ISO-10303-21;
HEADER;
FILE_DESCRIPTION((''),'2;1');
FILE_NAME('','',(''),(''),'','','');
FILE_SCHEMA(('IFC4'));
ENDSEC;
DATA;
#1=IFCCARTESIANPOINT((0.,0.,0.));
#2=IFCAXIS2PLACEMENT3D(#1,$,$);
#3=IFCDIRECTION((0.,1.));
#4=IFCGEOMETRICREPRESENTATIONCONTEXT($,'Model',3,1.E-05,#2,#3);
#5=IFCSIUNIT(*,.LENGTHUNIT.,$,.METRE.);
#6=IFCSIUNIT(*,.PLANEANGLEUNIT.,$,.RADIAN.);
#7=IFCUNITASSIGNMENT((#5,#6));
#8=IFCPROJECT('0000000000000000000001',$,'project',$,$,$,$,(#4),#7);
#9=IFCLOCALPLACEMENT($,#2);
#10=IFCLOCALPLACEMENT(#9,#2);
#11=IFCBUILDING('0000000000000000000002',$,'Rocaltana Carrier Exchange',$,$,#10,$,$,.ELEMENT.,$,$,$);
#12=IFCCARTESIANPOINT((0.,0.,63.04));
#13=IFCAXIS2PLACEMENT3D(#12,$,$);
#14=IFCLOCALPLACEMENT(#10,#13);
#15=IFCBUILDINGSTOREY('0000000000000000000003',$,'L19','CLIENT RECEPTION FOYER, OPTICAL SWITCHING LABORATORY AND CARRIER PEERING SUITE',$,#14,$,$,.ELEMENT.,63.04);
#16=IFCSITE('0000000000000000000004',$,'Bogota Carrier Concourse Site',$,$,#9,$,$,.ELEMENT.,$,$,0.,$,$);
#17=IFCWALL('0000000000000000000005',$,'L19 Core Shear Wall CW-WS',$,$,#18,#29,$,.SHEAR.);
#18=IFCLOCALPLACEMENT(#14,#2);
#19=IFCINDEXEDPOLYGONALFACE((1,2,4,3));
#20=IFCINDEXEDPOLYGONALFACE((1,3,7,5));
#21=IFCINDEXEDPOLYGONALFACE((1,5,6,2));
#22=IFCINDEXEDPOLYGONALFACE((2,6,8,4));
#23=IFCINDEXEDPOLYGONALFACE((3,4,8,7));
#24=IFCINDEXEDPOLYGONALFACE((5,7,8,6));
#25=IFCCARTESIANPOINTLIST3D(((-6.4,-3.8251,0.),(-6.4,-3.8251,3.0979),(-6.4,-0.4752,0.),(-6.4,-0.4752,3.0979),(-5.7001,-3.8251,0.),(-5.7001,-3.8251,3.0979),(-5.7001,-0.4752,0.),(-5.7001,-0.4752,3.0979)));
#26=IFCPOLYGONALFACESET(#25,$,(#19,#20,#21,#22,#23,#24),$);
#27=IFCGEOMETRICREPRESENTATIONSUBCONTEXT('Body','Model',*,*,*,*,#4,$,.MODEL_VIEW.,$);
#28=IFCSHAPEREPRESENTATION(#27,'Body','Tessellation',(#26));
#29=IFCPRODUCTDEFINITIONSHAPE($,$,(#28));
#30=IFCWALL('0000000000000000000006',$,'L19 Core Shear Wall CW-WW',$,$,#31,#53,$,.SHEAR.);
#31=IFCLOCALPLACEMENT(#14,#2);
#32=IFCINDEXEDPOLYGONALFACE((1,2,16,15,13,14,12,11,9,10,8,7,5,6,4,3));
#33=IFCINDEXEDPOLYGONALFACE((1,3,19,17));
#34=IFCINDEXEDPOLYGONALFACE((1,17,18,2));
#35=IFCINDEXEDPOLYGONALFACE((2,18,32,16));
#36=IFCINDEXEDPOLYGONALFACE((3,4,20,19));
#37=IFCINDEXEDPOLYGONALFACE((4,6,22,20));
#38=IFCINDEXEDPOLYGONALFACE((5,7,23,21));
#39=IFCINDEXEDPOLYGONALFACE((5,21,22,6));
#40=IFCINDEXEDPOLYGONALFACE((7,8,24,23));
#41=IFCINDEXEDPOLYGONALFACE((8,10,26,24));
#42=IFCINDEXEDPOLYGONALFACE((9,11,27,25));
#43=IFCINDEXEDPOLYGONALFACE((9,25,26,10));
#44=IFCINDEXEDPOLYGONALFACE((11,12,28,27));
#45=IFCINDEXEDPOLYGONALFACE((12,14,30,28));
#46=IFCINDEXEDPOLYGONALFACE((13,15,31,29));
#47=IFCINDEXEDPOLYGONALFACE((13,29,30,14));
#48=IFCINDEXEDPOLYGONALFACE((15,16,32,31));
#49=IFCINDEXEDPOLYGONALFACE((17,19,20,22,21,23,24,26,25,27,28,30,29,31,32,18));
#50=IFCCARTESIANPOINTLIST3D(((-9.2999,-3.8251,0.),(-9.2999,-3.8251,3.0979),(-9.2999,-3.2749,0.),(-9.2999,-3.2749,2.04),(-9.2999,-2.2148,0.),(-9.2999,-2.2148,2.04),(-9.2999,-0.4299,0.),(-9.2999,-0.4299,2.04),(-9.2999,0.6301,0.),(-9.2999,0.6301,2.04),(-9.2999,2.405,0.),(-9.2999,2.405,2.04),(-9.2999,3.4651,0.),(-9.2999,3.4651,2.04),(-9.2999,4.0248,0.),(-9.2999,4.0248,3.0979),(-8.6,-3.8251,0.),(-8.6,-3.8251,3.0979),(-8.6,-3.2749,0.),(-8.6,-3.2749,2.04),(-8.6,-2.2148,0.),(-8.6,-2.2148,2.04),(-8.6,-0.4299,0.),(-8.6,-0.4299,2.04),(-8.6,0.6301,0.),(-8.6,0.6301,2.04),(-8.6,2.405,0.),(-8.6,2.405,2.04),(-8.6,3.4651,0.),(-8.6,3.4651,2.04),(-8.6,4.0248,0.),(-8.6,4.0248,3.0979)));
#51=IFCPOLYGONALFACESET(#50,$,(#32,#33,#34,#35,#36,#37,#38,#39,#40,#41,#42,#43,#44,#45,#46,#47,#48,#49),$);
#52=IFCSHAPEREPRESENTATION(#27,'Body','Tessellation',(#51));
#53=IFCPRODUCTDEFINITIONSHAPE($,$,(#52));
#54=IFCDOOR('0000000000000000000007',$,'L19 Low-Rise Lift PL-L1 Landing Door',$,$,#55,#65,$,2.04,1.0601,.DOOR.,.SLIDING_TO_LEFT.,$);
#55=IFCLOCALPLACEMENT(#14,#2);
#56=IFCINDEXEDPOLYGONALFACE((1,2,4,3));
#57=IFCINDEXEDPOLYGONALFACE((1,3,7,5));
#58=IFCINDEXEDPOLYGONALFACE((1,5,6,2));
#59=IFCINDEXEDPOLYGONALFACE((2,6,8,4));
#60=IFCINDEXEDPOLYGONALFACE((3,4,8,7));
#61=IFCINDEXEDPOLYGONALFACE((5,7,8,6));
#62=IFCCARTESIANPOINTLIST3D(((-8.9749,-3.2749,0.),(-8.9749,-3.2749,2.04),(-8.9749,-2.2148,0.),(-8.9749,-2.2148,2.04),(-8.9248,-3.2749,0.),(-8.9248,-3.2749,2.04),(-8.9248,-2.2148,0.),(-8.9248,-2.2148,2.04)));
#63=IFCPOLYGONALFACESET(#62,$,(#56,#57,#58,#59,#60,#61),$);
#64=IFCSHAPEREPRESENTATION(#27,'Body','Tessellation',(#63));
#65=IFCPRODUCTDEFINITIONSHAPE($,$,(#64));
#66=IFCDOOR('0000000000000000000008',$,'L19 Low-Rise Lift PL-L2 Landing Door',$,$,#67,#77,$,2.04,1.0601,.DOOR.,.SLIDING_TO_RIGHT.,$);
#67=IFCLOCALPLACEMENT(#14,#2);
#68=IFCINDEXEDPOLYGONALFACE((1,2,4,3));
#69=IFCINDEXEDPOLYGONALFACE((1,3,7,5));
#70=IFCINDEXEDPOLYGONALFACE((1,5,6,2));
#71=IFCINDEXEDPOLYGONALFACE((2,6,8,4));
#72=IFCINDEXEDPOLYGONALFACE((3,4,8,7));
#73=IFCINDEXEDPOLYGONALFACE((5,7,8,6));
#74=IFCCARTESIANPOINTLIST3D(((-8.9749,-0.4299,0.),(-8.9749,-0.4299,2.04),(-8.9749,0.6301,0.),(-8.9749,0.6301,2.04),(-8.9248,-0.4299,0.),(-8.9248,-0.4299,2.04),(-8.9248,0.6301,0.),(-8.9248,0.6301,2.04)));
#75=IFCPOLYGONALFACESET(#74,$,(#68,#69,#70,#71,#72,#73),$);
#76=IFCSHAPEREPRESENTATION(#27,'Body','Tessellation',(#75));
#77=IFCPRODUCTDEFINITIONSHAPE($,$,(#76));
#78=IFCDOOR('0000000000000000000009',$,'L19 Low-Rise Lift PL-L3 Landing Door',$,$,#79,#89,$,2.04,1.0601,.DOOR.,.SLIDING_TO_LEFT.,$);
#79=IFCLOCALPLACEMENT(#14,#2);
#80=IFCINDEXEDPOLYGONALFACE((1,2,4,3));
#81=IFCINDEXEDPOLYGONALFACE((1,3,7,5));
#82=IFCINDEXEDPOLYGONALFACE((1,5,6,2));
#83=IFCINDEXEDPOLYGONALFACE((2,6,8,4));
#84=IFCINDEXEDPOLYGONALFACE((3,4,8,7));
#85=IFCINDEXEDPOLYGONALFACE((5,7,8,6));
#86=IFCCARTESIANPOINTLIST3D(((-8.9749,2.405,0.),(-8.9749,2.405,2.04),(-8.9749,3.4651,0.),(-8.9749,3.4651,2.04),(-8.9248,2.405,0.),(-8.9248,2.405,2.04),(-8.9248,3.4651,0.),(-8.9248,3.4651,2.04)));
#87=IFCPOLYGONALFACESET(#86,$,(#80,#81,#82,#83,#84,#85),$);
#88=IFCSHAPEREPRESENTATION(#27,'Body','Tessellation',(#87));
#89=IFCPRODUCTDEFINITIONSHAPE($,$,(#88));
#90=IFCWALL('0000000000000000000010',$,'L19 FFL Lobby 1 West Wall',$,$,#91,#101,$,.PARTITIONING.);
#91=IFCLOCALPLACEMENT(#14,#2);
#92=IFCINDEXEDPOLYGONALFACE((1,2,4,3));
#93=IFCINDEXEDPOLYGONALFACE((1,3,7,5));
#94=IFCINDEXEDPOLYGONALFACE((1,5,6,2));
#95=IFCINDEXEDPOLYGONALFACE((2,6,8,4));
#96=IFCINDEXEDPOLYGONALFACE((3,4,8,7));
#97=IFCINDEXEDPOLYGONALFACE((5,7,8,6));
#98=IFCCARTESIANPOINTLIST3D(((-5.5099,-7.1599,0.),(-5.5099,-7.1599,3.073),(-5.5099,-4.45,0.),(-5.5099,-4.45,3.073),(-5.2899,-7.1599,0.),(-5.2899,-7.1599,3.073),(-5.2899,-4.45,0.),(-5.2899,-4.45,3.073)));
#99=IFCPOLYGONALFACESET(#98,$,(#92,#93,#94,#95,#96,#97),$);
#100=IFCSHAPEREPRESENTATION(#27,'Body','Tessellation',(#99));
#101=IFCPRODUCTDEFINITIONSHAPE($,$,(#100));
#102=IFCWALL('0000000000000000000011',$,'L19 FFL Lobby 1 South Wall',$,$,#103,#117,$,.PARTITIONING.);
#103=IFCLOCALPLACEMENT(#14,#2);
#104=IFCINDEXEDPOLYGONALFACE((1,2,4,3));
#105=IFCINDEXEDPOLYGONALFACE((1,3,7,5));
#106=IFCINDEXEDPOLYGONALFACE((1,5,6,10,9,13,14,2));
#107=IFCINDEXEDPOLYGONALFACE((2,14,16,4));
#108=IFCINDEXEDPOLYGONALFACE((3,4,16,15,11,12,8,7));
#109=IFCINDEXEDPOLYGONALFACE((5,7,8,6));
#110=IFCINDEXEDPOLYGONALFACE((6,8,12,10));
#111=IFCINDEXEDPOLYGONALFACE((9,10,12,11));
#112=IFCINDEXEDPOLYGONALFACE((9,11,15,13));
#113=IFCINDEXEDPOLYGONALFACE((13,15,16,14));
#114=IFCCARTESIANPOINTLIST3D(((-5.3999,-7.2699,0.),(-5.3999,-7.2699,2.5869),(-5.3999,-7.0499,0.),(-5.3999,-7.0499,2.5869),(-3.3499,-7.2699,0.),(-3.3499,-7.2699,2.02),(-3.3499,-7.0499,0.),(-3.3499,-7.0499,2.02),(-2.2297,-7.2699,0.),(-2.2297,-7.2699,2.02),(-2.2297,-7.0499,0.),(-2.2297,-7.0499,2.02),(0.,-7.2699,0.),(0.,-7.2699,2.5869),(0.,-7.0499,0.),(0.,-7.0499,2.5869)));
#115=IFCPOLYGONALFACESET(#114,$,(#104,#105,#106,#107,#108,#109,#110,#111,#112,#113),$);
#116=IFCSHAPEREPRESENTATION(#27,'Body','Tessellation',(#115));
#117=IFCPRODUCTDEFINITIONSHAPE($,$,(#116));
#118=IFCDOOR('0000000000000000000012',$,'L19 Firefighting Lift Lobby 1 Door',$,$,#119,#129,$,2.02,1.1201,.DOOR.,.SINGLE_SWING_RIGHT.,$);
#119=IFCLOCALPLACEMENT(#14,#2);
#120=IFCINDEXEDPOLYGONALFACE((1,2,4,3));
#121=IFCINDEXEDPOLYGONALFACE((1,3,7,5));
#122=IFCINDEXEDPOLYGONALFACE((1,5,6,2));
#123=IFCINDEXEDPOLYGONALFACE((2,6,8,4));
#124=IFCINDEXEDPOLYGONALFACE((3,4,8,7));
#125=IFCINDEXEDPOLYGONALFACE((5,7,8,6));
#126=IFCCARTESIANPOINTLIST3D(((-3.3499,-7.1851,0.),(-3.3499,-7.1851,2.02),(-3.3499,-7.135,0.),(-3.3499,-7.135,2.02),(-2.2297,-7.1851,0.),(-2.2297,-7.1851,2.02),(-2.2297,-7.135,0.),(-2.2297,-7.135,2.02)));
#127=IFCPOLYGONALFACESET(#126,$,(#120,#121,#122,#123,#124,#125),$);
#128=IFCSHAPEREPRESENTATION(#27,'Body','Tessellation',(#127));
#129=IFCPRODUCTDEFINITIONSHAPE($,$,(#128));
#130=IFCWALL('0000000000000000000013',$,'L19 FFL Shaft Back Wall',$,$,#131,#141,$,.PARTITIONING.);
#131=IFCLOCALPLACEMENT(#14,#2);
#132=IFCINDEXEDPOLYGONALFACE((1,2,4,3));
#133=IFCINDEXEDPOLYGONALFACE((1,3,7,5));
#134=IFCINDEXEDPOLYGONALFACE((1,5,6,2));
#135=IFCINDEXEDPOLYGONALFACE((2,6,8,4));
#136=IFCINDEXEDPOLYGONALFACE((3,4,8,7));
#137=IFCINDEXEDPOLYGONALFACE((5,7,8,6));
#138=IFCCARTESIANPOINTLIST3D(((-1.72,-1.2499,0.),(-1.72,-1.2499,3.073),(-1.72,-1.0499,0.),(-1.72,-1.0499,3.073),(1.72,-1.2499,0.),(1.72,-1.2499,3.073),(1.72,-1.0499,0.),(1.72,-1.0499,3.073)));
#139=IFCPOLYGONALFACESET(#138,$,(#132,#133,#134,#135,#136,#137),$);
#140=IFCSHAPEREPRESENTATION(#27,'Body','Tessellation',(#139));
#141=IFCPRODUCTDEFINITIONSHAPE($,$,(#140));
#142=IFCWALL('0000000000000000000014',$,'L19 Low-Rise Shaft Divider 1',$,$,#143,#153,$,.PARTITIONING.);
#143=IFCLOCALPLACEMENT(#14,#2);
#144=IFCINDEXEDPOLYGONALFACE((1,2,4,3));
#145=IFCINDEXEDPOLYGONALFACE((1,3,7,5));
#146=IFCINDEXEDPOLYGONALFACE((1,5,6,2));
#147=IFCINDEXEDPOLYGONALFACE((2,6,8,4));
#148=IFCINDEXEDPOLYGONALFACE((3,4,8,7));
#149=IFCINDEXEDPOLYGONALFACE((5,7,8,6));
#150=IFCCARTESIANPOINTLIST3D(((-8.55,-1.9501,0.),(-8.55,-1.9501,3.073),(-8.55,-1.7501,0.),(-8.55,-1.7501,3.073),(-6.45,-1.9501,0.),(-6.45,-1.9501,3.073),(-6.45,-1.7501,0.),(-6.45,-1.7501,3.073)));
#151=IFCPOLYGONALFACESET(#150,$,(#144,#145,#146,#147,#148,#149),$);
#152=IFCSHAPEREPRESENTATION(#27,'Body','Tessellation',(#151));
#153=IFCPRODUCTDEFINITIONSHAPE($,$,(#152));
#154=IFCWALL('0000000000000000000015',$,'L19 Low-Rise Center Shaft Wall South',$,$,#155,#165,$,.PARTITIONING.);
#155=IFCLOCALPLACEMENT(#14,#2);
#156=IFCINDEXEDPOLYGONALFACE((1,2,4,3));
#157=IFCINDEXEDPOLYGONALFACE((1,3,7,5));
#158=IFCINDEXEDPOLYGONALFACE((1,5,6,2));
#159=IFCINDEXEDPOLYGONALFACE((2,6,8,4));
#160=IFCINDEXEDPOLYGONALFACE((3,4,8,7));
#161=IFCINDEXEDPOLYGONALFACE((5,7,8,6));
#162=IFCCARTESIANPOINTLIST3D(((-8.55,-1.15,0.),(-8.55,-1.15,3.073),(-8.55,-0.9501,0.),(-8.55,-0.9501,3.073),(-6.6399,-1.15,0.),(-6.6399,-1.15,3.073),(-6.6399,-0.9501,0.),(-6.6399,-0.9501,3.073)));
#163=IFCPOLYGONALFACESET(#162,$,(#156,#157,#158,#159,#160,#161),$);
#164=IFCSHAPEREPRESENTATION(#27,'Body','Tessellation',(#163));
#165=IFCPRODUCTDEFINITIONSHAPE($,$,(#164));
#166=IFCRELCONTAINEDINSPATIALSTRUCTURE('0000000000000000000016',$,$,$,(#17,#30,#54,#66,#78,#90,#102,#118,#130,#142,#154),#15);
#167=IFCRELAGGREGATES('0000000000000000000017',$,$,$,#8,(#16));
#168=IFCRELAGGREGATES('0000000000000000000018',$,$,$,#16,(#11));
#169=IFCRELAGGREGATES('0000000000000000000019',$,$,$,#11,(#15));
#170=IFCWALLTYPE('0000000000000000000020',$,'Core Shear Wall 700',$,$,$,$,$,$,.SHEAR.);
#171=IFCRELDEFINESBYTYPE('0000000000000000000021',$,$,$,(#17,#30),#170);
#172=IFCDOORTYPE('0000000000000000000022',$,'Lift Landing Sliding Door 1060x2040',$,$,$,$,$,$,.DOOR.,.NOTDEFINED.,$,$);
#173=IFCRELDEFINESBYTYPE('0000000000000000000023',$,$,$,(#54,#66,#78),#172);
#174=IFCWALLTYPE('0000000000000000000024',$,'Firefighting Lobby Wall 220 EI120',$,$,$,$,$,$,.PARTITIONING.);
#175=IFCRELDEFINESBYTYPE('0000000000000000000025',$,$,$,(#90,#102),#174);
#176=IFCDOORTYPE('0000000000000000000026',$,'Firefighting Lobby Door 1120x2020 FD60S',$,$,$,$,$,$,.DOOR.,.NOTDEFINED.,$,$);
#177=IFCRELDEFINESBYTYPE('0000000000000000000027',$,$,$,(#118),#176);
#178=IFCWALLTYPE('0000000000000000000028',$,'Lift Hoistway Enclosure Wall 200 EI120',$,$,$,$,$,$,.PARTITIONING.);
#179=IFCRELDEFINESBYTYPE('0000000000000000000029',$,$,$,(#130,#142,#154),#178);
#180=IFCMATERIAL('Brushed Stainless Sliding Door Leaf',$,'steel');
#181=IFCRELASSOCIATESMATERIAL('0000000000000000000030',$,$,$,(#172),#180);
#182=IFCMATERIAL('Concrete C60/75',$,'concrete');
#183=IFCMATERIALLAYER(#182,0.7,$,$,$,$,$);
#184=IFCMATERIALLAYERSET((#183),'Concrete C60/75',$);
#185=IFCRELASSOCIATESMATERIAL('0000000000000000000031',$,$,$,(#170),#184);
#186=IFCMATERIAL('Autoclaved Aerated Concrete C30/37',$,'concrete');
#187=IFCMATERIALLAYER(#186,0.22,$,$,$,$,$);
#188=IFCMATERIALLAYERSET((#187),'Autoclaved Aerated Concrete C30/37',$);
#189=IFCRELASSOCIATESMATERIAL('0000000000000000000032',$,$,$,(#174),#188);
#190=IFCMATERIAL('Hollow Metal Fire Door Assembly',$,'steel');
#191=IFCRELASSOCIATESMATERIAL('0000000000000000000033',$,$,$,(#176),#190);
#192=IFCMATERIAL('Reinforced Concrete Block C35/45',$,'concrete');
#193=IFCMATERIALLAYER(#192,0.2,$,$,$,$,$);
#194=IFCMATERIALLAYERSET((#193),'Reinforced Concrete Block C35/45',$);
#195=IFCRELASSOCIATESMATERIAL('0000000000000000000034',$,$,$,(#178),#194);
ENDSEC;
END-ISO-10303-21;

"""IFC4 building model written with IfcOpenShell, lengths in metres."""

from ifc_helpers import new_model, si_unit, direction, frame, frame_2d, origin, place, context, subcontext, project, spatial, rectangle, extrude, material, layer, layer_set, type_object, element, fill, save


model = new_model("IFC4")

# Units and contexts
model_context = context("Model", 3, precision=1e-05, world=origin(), true_north=direction((0.0, 1.0)))
body_context = subcontext(model_context, "Body", "Model", "MODEL_VIEW")
ifc_project = project(units=[si_unit("LENGTHUNIT", "METRE"), si_unit("PLANEANGLEUNIT", "RADIAN")], contexts=[model_context])

# Site, building, storey
site_placement = place(None, origin())
site = spatial("IfcSite", under=ifc_project, at=site_placement, Name="Bogota Carrier Concourse Site", CompositionType="ELEMENT", RefElevation=0.0)
building_placement = place(site_placement, origin())
building = spatial("IfcBuilding", under=site, at=building_placement, Name="Rocaltana Carrier Exchange", CompositionType="ELEMENT")
storey_placement = place(building_placement, frame((0.0, 0.0, 63.04)))
storey = spatial("IfcBuildingStorey", under=building, at=storey_placement, Name="L19", Description="CLIENT RECEPTION FOYER, OPTICAL SWITCHING LABORATORY AND CARRIER PEERING SUITE", CompositionType="ELEMENT", Elevation=63.04)

# Shared definitions
ifc_material_1 = material(Name="Brushed Stainless Sliding Door Leaf", Category="steel")
door_type_1 = type_object("IfcDoorType", Name="Lift Landing Sliding Door 1060x2040", OperationType="NOTDEFINED", PredefinedType="DOOR", material=ifc_material_1)

# Wall
ifc_material_2 = material(Name="Concrete C60/75", Category="concrete")
ifc_layer_1 = layer(ifc_material_2, 0.7)
ifc_layer_set_1 = layer_set([ifc_layer_1], Name="Concrete C60/75")
wall_type_1 = type_object("IfcWallType", Name="Core Shear Wall 700", PredefinedType="SHEAR", material=ifc_layer_set_1)
wall_1_placement = place(storey_placement, frame((-6.05, -3.825, 0.0), z_axis=(0.0, 0.0, 1.0), x_axis=(0.0, 1.0, 0.0)))
element("IfcWall", 1, at=wall_1_placement, inside=storey, type_object=wall_type_1, Name="L19 Core Shear Wall CW-WS", PredefinedType="SHEAR", context=body_context, shape_type="SweptSolid", body=[
    extrude(rectangle(XDim=3.3499, YDim=0.7, at=frame_2d((1.6748, 0.0))), origin(), (0.0, 0.0, 1.0), 3.0979),
])

# Wall, openings, doors
wall_2_placement = place(storey_placement, frame((-8.95, -3.825, 0.0), z_axis=(0.0, 0.0, 1.0), x_axis=(0.0, 1.0, 0.0)))
wall_2 = element("IfcWall", 2, at=wall_2_placement, inside=storey, type_object=wall_type_1, Name="L19 Core Shear Wall CW-WW", PredefinedType="SHEAR", context=body_context, shape_type="SweptSolid", body=[
    extrude(rectangle(XDim=7.8499, YDim=0.7, at=frame_2d((3.9248, 0.0))), origin(), (0.0, 0.0, 1.0), 3.0979),
])
opening_1_placement = place(wall_2_placement, frame((0.55, 0.0, 0.0)))
opening_1 = element("IfcOpeningElement", 3, at=opening_1_placement, cuts=wall_2, PredefinedType="OPENING", context=body_context, shape_type="SweptSolid", body=[
    extrude(rectangle(XDim=1.0601, YDim=2.04, at=frame_2d((0.53, 1.02))), frame((0.0, 0.3599, 0.0), z_axis=(0.0, -1.0, 0.0), x_axis=(1.0, 0.0, 0.0)), (0.0, 0.0, 1.0), 0.72),
])
opening_2_placement = place(wall_2_placement, frame((3.395, 0.0, 0.0)))
opening_2 = element("IfcOpeningElement", 4, at=opening_2_placement, cuts=wall_2, PredefinedType="OPENING", context=body_context, shape_type="SweptSolid", body=[
    extrude(rectangle(XDim=1.0601, YDim=2.04, at=frame_2d((0.53, 1.02))), frame((0.0, 0.3599, 0.0), z_axis=(0.0, -1.0, 0.0), x_axis=(1.0, 0.0, 0.0)), (0.0, 0.0, 1.0), 0.72),
])
opening_3_placement = place(wall_2_placement, frame((6.23, 0.0, 0.0)))
opening_3 = element("IfcOpeningElement", 5, at=opening_3_placement, cuts=wall_2, PredefinedType="OPENING", context=body_context, shape_type="SweptSolid", body=[
    extrude(rectangle(XDim=1.0601, YDim=2.04, at=frame_2d((0.53, 1.02))), frame((0.0, 0.3599, 0.0), z_axis=(0.0, -1.0, 0.0), x_axis=(1.0, 0.0, 0.0)), (0.0, 0.0, 1.0), 0.72),
])
door_1_placement = place(opening_1_placement, origin())
door_1 = element("IfcDoor", 6, at=door_1_placement, inside=storey, type_object=door_type_1, Name="L19 Low-Rise Lift PL-L1 Landing Door", OperationType="SLIDING_TO_LEFT", OverallHeight=2.04, OverallWidth=1.0601, PredefinedType="DOOR", context=body_context, shape_type="SweptSolid", body=[
    extrude(rectangle(XDim=1.0601, YDim=2.04, at=frame_2d((0.53, 1.02))), frame((0.0, 0.0249, 0.0), z_axis=(0.0, -1.0, 0.0), x_axis=(1.0, 0.0, 0.0)), (0.0, 0.0, 1.0), 0.05),
])
fill(opening_1, door_1)
door_2_placement = place(opening_2_placement, origin())
door_2 = element("IfcDoor", 7, at=door_2_placement, inside=storey, type_object=door_type_1, Name="L19 Low-Rise Lift PL-L2 Landing Door", OperationType="SLIDING_TO_RIGHT", OverallHeight=2.04, OverallWidth=1.0601, PredefinedType="DOOR", context=body_context, shape_type="SweptSolid", body=[
    extrude(rectangle(XDim=1.0601, YDim=2.04, at=frame_2d((0.53, 1.02))), frame((0.0, 0.0249, 0.0), z_axis=(0.0, -1.0, 0.0), x_axis=(1.0, 0.0, 0.0)), (0.0, 0.0, 1.0), 0.05),
])
fill(opening_2, door_2)
door_3_placement = place(opening_3_placement, origin())
door_3 = element("IfcDoor", 8, at=door_3_placement, inside=storey, type_object=door_type_1, Name="L19 Low-Rise Lift PL-L3 Landing Door", OperationType="SLIDING_TO_LEFT", OverallHeight=2.04, OverallWidth=1.0601, PredefinedType="DOOR", context=body_context, shape_type="SweptSolid", body=[
    extrude(rectangle(XDim=1.0601, YDim=2.04, at=frame_2d((0.53, 1.02))), frame((0.0, 0.0249, 0.0), z_axis=(0.0, -1.0, 0.0), x_axis=(1.0, 0.0, 0.0)), (0.0, 0.0, 1.0), 0.05),
])
fill(opening_3, door_3)

# Wall
ifc_material_3 = material(Name="Autoclaved Aerated Concrete C30/37", Category="concrete")
ifc_layer_2 = layer(ifc_material_3, 0.22)
ifc_layer_set_2 = layer_set([ifc_layer_2], Name="Autoclaved Aerated Concrete C30/37")
wall_type_2 = type_object("IfcWallType", Name="Firefighting Lobby Wall 220 EI120", PredefinedType="PARTITIONING", material=ifc_layer_set_2)
wall_3_placement = place(storey_placement, frame((-5.3999, -7.1599, 0.0), z_axis=(0.0, 0.0, 1.0), x_axis=(0.0, 1.0, 0.0)))
element("IfcWall", 9, at=wall_3_placement, inside=storey, type_object=wall_type_2, Name="L19 FFL Lobby 1 West Wall", PredefinedType="PARTITIONING", context=body_context, shape_type="SweptSolid", body=[
    extrude(rectangle(XDim=2.71, YDim=0.22, at=frame_2d((1.355, 0.0))), origin(), (0.0, 0.0, 1.0), 3.073),
])

# Wall, opening, door
wall_4_placement = place(storey_placement, frame((-5.3999, -7.1599, 0.0), z_axis=(0.0, 0.0, 1.0), x_axis=(1.0, 0.0, 0.0)))
wall_4 = element("IfcWall", 10, at=wall_4_placement, inside=storey, type_object=wall_type_2, Name="L19 FFL Lobby 1 South Wall", PredefinedType="PARTITIONING", context=body_context, shape_type="SweptSolid", body=[
    extrude(rectangle(XDim=5.3999, YDim=0.22, at=frame_2d((2.7, 0.0))), origin(), (0.0, 0.0, 1.0), 2.5869),
])
opening_4_placement = place(wall_4_placement, frame((2.05, 0.0, 0.0)))
opening_4 = element("IfcOpeningElement", 11, at=opening_4_placement, cuts=wall_4, PredefinedType="OPENING", context=body_context, shape_type="SweptSolid", body=[
    extrude(rectangle(XDim=1.1201, YDim=2.02, at=frame_2d((0.5601, 1.01))), frame((0.0, 0.1199, 0.0), z_axis=(0.0, -1.0, 0.0), x_axis=(1.0, 0.0, 0.0)), (0.0, 0.0, 1.0), 0.24),
])
ifc_material_4 = material(Name="Hollow Metal Fire Door Assembly", Category="steel")
door_type_2 = type_object("IfcDoorType", Name="Firefighting Lobby Door 1120x2020 FD60S", OperationType="NOTDEFINED", PredefinedType="DOOR", material=ifc_material_4)
door_4_placement = place(opening_4_placement, origin())
door_4 = element("IfcDoor", 12, at=door_4_placement, inside=storey, type_object=door_type_2, Name="L19 Firefighting Lift Lobby 1 Door", OperationType="SINGLE_SWING_RIGHT", OverallHeight=2.02, OverallWidth=1.1201, PredefinedType="DOOR", context=body_context, shape_type="SweptSolid", body=[
    extrude(rectangle(XDim=1.1201, YDim=2.02, at=frame_2d((0.5601, 1.01))), frame((0.0, 0.0249, 0.0), z_axis=(0.0, -1.0, 0.0), x_axis=(1.0, 0.0, 0.0)), (0.0, 0.0, 1.0), 0.05),
])
fill(opening_4, door_4)

# Walls
ifc_material_5 = material(Name="Reinforced Concrete Block C35/45", Category="concrete")
ifc_layer_3 = layer(ifc_material_5, 0.2)
ifc_layer_set_3 = layer_set([ifc_layer_3], Name="Reinforced Concrete Block C35/45")
wall_type_3 = type_object("IfcWallType", Name="Lift Hoistway Enclosure Wall 200 EI120", PredefinedType="PARTITIONING", material=ifc_layer_set_3)
wall_5_placement = place(storey_placement, frame((-1.72, -1.1499, 0.0), z_axis=(0.0, 0.0, 1.0), x_axis=(1.0, 0.0, 0.0)))
element("IfcWall", 13, at=wall_5_placement, inside=storey, type_object=wall_type_3, Name="L19 FFL Shaft Back Wall", PredefinedType="PARTITIONING", context=body_context, shape_type="SweptSolid", body=[
    extrude(rectangle(XDim=3.4399, YDim=0.2, at=frame_2d((1.72, 0.0))), origin(), (0.0, 0.0, 1.0), 3.073),
])
wall_6_placement = place(storey_placement, frame((-8.55, -1.8501, 0.0), z_axis=(0.0, 0.0, 1.0), x_axis=(1.0, 0.0, 0.0)))
element("IfcWall", 14, at=wall_6_placement, inside=storey, type_object=wall_type_3, Name="L19 Low-Rise Shaft Divider 1", PredefinedType="PARTITIONING", context=body_context, shape_type="SweptSolid", body=[
    extrude(rectangle(XDim=2.1001, YDim=0.2, at=frame_2d((1.05, 0.0))), origin(), (0.0, 0.0, 1.0), 3.073),
])
wall_7_placement = place(storey_placement, frame((-8.55, -1.05, 0.0), z_axis=(0.0, 0.0, 1.0), x_axis=(1.0, 0.0, 0.0)))
element("IfcWall", 15, at=wall_7_placement, inside=storey, type_object=wall_type_3, Name="L19 Low-Rise Center Shaft Wall South", PredefinedType="PARTITIONING", context=body_context, shape_type="SweptSolid", body=[
    extrude(rectangle(XDim=1.9102, YDim=0.2, at=frame_2d((0.9551, 0.0))), origin(), (0.0, 0.0, 1.0), 3.073),
])

save(model, "model.ifc")
